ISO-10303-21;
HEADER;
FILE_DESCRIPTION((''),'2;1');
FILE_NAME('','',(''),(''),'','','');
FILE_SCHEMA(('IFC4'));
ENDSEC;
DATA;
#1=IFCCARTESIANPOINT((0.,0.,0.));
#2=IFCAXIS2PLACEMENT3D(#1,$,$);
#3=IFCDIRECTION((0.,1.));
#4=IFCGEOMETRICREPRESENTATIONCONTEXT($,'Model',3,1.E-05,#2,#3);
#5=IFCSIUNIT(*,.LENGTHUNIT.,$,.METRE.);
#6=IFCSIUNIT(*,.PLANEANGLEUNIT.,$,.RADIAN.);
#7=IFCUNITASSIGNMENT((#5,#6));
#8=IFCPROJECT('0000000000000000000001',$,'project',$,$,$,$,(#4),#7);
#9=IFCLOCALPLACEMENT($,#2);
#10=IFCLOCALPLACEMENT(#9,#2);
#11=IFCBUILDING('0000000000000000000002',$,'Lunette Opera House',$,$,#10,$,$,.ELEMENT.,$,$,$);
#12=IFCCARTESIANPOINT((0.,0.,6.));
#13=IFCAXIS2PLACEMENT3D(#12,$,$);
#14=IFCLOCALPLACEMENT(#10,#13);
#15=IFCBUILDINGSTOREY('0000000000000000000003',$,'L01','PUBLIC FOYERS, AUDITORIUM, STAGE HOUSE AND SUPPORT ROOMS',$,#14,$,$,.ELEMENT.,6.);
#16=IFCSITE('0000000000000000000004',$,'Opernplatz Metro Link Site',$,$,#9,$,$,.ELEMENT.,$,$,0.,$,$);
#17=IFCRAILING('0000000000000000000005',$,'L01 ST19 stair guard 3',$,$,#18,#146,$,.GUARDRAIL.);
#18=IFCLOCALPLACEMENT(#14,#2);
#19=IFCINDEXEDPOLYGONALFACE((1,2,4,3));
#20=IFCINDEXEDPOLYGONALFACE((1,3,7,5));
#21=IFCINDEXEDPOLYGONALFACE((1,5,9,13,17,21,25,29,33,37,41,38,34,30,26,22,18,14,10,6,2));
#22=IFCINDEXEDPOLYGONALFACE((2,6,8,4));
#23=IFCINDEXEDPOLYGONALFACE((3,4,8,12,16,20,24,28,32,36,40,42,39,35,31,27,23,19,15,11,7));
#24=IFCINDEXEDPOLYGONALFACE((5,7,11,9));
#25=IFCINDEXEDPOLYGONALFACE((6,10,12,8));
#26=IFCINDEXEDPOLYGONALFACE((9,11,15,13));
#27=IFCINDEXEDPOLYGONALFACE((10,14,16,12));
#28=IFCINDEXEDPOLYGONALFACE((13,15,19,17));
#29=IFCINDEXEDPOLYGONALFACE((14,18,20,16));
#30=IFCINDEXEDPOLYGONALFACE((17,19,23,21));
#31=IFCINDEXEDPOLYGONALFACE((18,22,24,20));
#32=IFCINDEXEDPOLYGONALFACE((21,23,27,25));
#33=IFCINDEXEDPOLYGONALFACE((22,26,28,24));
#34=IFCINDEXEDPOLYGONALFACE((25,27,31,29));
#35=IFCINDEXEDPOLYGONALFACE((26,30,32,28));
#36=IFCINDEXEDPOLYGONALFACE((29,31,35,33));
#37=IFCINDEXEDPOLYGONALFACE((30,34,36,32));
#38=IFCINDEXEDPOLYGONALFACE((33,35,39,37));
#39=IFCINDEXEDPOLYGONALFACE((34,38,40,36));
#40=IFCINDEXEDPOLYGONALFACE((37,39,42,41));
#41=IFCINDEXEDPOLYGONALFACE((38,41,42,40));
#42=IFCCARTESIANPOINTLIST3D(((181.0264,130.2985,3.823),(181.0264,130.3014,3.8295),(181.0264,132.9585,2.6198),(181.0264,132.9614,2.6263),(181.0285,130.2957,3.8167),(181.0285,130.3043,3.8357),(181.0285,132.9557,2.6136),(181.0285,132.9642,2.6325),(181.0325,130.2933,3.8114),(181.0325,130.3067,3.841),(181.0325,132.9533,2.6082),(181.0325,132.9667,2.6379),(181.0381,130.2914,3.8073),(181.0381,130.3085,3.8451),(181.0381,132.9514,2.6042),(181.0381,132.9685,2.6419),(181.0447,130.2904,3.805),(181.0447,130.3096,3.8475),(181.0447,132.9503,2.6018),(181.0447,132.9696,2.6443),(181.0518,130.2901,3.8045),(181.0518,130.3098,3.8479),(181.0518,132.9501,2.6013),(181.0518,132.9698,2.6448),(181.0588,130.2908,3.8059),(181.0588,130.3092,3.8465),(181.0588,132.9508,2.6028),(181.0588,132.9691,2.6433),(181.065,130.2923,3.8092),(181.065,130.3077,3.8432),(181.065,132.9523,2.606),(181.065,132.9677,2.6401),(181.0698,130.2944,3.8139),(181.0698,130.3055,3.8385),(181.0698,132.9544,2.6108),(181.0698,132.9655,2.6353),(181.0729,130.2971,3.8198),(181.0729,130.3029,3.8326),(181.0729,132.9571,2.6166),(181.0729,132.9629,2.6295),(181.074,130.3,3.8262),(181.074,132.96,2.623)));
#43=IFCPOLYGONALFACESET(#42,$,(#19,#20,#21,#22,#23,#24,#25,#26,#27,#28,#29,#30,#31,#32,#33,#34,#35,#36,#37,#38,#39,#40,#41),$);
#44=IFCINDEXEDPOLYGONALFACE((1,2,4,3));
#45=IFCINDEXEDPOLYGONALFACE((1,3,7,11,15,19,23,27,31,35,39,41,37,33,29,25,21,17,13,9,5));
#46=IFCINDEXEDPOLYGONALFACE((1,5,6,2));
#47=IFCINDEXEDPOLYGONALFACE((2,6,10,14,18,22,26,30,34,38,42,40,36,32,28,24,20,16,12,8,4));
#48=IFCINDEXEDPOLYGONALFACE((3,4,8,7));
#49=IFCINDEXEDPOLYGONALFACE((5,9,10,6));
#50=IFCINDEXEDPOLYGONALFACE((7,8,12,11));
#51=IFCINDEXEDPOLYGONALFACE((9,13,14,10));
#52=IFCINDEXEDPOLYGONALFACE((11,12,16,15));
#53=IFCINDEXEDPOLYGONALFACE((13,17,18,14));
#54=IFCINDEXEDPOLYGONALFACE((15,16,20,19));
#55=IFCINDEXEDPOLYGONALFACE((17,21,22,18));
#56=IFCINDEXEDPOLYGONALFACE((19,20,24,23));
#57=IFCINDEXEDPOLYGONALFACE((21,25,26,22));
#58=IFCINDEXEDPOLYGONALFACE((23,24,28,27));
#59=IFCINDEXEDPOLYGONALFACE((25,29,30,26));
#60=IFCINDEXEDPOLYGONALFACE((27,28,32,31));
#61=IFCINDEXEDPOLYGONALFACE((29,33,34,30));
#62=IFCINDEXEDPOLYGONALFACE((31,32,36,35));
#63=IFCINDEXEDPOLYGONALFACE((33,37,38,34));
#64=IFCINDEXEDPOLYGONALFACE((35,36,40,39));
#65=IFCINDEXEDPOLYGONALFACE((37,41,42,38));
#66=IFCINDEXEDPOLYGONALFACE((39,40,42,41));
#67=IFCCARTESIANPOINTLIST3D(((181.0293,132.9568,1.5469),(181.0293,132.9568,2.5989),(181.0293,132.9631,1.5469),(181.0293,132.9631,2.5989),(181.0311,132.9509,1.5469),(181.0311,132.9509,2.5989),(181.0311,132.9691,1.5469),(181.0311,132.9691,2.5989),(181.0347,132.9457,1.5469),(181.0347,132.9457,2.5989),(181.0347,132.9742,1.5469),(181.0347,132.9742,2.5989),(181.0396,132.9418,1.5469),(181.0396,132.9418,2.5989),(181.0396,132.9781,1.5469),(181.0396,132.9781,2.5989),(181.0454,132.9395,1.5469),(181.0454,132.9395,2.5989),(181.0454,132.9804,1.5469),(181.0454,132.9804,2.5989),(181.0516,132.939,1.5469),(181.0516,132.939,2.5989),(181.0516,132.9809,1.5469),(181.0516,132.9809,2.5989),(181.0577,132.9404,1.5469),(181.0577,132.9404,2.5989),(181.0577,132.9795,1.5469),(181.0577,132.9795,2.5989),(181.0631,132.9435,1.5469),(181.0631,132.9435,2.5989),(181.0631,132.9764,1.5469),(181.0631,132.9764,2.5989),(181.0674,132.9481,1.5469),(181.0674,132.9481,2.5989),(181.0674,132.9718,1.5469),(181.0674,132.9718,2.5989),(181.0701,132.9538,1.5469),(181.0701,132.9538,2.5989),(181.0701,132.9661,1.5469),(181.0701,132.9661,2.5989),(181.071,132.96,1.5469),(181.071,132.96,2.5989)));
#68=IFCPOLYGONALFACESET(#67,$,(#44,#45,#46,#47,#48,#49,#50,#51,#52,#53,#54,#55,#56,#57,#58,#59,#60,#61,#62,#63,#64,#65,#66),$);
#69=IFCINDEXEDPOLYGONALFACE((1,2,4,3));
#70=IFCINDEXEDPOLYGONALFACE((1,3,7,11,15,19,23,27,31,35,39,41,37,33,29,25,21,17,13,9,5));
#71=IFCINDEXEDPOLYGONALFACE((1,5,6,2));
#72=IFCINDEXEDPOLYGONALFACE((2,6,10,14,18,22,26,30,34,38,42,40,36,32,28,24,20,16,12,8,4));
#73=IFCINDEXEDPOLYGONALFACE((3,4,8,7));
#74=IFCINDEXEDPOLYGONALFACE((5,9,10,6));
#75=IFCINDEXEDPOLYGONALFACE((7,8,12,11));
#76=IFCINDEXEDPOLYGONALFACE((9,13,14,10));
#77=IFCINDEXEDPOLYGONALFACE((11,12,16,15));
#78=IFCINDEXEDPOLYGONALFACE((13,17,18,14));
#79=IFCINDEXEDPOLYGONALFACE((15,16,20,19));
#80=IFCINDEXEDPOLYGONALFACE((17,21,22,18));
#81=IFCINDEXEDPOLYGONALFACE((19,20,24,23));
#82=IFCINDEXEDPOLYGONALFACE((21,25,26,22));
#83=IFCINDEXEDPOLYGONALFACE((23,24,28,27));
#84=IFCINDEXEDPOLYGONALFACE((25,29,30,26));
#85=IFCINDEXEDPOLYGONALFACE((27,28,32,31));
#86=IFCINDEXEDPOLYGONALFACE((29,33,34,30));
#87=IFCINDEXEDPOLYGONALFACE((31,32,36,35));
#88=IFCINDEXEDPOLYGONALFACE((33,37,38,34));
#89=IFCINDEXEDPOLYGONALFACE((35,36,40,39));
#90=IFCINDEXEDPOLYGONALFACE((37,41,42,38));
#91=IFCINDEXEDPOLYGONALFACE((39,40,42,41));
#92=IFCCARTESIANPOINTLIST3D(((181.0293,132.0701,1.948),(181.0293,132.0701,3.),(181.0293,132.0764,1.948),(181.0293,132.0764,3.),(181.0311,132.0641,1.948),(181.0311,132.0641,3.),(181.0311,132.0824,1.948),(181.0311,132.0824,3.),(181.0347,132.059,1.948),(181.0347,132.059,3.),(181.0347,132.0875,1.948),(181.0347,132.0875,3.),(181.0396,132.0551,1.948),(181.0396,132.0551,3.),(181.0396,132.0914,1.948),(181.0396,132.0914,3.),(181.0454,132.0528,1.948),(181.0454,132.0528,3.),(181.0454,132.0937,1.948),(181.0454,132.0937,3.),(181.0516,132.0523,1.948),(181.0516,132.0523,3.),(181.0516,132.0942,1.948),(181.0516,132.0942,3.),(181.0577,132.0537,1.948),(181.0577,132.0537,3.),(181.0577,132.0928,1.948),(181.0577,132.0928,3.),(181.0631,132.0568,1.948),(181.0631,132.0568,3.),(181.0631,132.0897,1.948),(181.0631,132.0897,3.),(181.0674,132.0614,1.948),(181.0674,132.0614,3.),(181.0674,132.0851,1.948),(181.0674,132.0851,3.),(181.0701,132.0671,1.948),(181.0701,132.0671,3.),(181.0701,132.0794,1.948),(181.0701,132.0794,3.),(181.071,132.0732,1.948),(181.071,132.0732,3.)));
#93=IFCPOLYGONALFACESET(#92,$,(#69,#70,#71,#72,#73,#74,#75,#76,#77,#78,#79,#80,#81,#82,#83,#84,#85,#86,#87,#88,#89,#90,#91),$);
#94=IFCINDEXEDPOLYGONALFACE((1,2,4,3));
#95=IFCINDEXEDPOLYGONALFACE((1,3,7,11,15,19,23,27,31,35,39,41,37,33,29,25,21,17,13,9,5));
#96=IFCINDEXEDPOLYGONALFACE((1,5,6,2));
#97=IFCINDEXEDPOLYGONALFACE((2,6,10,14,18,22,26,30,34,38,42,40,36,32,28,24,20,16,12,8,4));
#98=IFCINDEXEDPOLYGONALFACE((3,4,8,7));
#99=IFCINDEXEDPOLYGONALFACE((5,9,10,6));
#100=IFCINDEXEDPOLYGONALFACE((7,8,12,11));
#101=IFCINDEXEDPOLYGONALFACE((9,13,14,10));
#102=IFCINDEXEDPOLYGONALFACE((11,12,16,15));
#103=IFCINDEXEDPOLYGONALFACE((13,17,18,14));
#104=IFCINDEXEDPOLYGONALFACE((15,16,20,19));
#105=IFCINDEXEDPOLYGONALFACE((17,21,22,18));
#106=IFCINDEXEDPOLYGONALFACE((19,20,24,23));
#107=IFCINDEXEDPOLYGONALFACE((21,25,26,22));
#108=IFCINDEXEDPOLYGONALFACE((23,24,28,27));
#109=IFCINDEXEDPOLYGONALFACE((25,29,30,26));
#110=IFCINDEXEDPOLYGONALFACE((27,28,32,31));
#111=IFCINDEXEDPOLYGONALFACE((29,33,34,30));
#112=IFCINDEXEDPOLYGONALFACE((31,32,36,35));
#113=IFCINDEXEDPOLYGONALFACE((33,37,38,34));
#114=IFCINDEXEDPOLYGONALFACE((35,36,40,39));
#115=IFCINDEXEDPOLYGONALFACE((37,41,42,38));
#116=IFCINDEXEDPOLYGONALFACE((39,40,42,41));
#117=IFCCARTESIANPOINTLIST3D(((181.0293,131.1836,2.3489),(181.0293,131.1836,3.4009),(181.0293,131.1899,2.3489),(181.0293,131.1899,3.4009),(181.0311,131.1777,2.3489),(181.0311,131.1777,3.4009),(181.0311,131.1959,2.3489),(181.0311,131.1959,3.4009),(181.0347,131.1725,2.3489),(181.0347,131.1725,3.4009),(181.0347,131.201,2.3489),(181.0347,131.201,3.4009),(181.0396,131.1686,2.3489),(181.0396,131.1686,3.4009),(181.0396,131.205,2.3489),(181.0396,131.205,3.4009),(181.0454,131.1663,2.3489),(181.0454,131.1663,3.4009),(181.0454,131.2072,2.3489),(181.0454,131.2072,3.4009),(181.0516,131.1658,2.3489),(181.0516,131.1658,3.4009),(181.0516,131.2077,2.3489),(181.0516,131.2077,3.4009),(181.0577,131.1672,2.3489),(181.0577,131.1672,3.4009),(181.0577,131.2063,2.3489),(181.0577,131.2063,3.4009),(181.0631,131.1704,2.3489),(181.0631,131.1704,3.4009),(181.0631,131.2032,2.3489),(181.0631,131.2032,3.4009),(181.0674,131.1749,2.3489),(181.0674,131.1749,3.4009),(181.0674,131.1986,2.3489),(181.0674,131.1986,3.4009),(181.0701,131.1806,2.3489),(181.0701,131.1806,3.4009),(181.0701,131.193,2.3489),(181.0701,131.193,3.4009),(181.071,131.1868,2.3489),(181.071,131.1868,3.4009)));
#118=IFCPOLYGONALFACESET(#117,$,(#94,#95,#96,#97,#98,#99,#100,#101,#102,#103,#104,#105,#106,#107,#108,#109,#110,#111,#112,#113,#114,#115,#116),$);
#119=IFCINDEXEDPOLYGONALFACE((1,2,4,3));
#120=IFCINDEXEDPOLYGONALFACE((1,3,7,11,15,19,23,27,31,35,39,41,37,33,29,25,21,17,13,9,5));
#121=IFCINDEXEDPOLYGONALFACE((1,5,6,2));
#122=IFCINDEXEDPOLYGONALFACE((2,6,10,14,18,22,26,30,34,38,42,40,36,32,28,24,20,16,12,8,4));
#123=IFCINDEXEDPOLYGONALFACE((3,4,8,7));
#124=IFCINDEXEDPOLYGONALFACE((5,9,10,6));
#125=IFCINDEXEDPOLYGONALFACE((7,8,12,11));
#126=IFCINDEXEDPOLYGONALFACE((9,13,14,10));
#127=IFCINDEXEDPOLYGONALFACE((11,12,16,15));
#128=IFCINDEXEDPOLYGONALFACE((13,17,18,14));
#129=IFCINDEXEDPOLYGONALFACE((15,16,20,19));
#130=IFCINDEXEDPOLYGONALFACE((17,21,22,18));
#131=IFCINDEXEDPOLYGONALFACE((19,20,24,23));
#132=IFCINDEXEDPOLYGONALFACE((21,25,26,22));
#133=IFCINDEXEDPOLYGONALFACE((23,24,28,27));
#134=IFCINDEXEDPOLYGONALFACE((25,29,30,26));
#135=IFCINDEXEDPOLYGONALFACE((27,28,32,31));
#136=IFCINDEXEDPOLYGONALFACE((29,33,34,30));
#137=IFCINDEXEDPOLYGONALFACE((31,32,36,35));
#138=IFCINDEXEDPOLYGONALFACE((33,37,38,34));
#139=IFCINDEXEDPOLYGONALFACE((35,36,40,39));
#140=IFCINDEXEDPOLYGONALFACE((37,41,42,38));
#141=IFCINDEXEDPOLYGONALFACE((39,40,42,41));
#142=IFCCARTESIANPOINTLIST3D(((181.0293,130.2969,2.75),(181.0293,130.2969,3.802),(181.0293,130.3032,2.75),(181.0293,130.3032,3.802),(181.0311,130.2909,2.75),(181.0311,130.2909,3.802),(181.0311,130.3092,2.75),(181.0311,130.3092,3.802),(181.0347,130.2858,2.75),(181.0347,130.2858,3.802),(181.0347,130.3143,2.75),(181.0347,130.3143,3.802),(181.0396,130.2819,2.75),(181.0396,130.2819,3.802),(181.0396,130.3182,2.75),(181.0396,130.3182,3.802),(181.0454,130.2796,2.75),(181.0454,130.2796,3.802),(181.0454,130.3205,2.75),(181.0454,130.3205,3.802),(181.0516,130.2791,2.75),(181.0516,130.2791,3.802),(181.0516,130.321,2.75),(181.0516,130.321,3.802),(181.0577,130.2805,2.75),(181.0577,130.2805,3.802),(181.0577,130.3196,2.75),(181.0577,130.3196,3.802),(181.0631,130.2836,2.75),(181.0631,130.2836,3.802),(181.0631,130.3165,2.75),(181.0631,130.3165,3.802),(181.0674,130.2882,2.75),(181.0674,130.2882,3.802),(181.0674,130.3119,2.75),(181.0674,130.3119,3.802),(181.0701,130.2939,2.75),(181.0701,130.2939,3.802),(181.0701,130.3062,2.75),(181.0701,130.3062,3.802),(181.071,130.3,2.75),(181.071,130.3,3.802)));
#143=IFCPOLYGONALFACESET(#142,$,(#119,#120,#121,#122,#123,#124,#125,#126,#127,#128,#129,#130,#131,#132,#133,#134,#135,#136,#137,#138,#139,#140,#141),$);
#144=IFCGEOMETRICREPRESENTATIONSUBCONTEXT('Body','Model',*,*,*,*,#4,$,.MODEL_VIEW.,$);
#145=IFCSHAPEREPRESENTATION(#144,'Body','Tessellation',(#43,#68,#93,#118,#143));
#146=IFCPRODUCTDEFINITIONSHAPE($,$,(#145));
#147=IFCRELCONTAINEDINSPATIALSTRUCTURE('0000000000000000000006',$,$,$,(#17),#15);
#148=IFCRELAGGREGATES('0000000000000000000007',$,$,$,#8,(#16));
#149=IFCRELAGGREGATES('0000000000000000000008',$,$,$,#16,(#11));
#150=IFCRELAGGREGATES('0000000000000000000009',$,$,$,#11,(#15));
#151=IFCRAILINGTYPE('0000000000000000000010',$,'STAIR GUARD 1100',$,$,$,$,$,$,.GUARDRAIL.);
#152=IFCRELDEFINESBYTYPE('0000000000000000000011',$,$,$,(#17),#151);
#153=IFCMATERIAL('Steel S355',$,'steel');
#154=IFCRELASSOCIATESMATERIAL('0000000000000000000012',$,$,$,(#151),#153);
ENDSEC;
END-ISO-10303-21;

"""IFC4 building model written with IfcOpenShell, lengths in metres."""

from ifc_helpers import new_model, si_unit, direction, frame, origin, origin_2d, place, context, subcontext, project, spatial, circle, extrude, material, type_object, element, save


model = new_model("IFC4")

# Units and contexts
model_context = context("Model", 3, precision=1e-05, world=origin(), true_north=direction((0.0, 1.0)))
body_context = subcontext(model_context, "Body", "Model", "MODEL_VIEW")
ifc_project = project(units=[si_unit("LENGTHUNIT", "METRE"), si_unit("PLANEANGLEUNIT", "RADIAN")], contexts=[model_context])

# Site, building, storey
site_placement = place(None, origin())
site = spatial("IfcSite", under=ifc_project, at=site_placement, Name="Opernplatz Metro Link Site", CompositionType="ELEMENT", RefElevation=0.0)
building_placement = place(site_placement, origin())
building = spatial("IfcBuilding", under=site, at=building_placement, Name="Lunette Opera House", CompositionType="ELEMENT")
storey_placement = place(building_placement, frame((0.0, 0.0, 6.0)))
storey = spatial("IfcBuildingStorey", under=building, at=storey_placement, Name="L01", Description="PUBLIC FOYERS, AUDITORIUM, STAGE HOUSE AND SUPPORT ROOMS", CompositionType="ELEMENT", Elevation=6.0)

# Railing
ifc_material_1 = material(Name="Steel S355", Category="steel")
railing_type = type_object("IfcRailingType", Name="STAIR GUARD 1100", PredefinedType="GUARDRAIL", material=ifc_material_1)
railing_1_placement = place(storey_placement, frame((181.05, 132.96, 1.5469)))
element("IfcRailing", 1, at=railing_1_placement, inside=storey, type_object=railing_type, Name="L01 ST19 stair guard 3", PredefinedType="GUARDRAIL", context=body_context, shape_type="SweptSolid", body=[
    extrude(circle(Radius=0.0239, at=origin_2d()), frame((0.0, 0.0, 1.0762), z_axis=(0.0, -0.91113, 0.41212), x_axis=(1.0, 0.0, 0.0)), (0.0, 0.0, 1.0), 2.9194),
    extrude(circle(Radius=0.021, at=origin_2d()), origin(), (0.0, 0.0, 1.0), 1.052),
    extrude(circle(Radius=0.021, at=origin_2d()), frame((0.0, -0.8867, 0.4011)), (0.0, 0.0, 1.0), 1.052),
    extrude(circle(Radius=0.021, at=origin_2d()), frame((0.0, -1.7732, 0.802)), (0.0, 0.0, 1.0), 1.052),
    extrude(circle(Radius=0.021, at=origin_2d()), frame((0.0, -2.6599, 1.2031)), (0.0, 0.0, 1.0), 1.052),
])

save(model, "model.ifc")
